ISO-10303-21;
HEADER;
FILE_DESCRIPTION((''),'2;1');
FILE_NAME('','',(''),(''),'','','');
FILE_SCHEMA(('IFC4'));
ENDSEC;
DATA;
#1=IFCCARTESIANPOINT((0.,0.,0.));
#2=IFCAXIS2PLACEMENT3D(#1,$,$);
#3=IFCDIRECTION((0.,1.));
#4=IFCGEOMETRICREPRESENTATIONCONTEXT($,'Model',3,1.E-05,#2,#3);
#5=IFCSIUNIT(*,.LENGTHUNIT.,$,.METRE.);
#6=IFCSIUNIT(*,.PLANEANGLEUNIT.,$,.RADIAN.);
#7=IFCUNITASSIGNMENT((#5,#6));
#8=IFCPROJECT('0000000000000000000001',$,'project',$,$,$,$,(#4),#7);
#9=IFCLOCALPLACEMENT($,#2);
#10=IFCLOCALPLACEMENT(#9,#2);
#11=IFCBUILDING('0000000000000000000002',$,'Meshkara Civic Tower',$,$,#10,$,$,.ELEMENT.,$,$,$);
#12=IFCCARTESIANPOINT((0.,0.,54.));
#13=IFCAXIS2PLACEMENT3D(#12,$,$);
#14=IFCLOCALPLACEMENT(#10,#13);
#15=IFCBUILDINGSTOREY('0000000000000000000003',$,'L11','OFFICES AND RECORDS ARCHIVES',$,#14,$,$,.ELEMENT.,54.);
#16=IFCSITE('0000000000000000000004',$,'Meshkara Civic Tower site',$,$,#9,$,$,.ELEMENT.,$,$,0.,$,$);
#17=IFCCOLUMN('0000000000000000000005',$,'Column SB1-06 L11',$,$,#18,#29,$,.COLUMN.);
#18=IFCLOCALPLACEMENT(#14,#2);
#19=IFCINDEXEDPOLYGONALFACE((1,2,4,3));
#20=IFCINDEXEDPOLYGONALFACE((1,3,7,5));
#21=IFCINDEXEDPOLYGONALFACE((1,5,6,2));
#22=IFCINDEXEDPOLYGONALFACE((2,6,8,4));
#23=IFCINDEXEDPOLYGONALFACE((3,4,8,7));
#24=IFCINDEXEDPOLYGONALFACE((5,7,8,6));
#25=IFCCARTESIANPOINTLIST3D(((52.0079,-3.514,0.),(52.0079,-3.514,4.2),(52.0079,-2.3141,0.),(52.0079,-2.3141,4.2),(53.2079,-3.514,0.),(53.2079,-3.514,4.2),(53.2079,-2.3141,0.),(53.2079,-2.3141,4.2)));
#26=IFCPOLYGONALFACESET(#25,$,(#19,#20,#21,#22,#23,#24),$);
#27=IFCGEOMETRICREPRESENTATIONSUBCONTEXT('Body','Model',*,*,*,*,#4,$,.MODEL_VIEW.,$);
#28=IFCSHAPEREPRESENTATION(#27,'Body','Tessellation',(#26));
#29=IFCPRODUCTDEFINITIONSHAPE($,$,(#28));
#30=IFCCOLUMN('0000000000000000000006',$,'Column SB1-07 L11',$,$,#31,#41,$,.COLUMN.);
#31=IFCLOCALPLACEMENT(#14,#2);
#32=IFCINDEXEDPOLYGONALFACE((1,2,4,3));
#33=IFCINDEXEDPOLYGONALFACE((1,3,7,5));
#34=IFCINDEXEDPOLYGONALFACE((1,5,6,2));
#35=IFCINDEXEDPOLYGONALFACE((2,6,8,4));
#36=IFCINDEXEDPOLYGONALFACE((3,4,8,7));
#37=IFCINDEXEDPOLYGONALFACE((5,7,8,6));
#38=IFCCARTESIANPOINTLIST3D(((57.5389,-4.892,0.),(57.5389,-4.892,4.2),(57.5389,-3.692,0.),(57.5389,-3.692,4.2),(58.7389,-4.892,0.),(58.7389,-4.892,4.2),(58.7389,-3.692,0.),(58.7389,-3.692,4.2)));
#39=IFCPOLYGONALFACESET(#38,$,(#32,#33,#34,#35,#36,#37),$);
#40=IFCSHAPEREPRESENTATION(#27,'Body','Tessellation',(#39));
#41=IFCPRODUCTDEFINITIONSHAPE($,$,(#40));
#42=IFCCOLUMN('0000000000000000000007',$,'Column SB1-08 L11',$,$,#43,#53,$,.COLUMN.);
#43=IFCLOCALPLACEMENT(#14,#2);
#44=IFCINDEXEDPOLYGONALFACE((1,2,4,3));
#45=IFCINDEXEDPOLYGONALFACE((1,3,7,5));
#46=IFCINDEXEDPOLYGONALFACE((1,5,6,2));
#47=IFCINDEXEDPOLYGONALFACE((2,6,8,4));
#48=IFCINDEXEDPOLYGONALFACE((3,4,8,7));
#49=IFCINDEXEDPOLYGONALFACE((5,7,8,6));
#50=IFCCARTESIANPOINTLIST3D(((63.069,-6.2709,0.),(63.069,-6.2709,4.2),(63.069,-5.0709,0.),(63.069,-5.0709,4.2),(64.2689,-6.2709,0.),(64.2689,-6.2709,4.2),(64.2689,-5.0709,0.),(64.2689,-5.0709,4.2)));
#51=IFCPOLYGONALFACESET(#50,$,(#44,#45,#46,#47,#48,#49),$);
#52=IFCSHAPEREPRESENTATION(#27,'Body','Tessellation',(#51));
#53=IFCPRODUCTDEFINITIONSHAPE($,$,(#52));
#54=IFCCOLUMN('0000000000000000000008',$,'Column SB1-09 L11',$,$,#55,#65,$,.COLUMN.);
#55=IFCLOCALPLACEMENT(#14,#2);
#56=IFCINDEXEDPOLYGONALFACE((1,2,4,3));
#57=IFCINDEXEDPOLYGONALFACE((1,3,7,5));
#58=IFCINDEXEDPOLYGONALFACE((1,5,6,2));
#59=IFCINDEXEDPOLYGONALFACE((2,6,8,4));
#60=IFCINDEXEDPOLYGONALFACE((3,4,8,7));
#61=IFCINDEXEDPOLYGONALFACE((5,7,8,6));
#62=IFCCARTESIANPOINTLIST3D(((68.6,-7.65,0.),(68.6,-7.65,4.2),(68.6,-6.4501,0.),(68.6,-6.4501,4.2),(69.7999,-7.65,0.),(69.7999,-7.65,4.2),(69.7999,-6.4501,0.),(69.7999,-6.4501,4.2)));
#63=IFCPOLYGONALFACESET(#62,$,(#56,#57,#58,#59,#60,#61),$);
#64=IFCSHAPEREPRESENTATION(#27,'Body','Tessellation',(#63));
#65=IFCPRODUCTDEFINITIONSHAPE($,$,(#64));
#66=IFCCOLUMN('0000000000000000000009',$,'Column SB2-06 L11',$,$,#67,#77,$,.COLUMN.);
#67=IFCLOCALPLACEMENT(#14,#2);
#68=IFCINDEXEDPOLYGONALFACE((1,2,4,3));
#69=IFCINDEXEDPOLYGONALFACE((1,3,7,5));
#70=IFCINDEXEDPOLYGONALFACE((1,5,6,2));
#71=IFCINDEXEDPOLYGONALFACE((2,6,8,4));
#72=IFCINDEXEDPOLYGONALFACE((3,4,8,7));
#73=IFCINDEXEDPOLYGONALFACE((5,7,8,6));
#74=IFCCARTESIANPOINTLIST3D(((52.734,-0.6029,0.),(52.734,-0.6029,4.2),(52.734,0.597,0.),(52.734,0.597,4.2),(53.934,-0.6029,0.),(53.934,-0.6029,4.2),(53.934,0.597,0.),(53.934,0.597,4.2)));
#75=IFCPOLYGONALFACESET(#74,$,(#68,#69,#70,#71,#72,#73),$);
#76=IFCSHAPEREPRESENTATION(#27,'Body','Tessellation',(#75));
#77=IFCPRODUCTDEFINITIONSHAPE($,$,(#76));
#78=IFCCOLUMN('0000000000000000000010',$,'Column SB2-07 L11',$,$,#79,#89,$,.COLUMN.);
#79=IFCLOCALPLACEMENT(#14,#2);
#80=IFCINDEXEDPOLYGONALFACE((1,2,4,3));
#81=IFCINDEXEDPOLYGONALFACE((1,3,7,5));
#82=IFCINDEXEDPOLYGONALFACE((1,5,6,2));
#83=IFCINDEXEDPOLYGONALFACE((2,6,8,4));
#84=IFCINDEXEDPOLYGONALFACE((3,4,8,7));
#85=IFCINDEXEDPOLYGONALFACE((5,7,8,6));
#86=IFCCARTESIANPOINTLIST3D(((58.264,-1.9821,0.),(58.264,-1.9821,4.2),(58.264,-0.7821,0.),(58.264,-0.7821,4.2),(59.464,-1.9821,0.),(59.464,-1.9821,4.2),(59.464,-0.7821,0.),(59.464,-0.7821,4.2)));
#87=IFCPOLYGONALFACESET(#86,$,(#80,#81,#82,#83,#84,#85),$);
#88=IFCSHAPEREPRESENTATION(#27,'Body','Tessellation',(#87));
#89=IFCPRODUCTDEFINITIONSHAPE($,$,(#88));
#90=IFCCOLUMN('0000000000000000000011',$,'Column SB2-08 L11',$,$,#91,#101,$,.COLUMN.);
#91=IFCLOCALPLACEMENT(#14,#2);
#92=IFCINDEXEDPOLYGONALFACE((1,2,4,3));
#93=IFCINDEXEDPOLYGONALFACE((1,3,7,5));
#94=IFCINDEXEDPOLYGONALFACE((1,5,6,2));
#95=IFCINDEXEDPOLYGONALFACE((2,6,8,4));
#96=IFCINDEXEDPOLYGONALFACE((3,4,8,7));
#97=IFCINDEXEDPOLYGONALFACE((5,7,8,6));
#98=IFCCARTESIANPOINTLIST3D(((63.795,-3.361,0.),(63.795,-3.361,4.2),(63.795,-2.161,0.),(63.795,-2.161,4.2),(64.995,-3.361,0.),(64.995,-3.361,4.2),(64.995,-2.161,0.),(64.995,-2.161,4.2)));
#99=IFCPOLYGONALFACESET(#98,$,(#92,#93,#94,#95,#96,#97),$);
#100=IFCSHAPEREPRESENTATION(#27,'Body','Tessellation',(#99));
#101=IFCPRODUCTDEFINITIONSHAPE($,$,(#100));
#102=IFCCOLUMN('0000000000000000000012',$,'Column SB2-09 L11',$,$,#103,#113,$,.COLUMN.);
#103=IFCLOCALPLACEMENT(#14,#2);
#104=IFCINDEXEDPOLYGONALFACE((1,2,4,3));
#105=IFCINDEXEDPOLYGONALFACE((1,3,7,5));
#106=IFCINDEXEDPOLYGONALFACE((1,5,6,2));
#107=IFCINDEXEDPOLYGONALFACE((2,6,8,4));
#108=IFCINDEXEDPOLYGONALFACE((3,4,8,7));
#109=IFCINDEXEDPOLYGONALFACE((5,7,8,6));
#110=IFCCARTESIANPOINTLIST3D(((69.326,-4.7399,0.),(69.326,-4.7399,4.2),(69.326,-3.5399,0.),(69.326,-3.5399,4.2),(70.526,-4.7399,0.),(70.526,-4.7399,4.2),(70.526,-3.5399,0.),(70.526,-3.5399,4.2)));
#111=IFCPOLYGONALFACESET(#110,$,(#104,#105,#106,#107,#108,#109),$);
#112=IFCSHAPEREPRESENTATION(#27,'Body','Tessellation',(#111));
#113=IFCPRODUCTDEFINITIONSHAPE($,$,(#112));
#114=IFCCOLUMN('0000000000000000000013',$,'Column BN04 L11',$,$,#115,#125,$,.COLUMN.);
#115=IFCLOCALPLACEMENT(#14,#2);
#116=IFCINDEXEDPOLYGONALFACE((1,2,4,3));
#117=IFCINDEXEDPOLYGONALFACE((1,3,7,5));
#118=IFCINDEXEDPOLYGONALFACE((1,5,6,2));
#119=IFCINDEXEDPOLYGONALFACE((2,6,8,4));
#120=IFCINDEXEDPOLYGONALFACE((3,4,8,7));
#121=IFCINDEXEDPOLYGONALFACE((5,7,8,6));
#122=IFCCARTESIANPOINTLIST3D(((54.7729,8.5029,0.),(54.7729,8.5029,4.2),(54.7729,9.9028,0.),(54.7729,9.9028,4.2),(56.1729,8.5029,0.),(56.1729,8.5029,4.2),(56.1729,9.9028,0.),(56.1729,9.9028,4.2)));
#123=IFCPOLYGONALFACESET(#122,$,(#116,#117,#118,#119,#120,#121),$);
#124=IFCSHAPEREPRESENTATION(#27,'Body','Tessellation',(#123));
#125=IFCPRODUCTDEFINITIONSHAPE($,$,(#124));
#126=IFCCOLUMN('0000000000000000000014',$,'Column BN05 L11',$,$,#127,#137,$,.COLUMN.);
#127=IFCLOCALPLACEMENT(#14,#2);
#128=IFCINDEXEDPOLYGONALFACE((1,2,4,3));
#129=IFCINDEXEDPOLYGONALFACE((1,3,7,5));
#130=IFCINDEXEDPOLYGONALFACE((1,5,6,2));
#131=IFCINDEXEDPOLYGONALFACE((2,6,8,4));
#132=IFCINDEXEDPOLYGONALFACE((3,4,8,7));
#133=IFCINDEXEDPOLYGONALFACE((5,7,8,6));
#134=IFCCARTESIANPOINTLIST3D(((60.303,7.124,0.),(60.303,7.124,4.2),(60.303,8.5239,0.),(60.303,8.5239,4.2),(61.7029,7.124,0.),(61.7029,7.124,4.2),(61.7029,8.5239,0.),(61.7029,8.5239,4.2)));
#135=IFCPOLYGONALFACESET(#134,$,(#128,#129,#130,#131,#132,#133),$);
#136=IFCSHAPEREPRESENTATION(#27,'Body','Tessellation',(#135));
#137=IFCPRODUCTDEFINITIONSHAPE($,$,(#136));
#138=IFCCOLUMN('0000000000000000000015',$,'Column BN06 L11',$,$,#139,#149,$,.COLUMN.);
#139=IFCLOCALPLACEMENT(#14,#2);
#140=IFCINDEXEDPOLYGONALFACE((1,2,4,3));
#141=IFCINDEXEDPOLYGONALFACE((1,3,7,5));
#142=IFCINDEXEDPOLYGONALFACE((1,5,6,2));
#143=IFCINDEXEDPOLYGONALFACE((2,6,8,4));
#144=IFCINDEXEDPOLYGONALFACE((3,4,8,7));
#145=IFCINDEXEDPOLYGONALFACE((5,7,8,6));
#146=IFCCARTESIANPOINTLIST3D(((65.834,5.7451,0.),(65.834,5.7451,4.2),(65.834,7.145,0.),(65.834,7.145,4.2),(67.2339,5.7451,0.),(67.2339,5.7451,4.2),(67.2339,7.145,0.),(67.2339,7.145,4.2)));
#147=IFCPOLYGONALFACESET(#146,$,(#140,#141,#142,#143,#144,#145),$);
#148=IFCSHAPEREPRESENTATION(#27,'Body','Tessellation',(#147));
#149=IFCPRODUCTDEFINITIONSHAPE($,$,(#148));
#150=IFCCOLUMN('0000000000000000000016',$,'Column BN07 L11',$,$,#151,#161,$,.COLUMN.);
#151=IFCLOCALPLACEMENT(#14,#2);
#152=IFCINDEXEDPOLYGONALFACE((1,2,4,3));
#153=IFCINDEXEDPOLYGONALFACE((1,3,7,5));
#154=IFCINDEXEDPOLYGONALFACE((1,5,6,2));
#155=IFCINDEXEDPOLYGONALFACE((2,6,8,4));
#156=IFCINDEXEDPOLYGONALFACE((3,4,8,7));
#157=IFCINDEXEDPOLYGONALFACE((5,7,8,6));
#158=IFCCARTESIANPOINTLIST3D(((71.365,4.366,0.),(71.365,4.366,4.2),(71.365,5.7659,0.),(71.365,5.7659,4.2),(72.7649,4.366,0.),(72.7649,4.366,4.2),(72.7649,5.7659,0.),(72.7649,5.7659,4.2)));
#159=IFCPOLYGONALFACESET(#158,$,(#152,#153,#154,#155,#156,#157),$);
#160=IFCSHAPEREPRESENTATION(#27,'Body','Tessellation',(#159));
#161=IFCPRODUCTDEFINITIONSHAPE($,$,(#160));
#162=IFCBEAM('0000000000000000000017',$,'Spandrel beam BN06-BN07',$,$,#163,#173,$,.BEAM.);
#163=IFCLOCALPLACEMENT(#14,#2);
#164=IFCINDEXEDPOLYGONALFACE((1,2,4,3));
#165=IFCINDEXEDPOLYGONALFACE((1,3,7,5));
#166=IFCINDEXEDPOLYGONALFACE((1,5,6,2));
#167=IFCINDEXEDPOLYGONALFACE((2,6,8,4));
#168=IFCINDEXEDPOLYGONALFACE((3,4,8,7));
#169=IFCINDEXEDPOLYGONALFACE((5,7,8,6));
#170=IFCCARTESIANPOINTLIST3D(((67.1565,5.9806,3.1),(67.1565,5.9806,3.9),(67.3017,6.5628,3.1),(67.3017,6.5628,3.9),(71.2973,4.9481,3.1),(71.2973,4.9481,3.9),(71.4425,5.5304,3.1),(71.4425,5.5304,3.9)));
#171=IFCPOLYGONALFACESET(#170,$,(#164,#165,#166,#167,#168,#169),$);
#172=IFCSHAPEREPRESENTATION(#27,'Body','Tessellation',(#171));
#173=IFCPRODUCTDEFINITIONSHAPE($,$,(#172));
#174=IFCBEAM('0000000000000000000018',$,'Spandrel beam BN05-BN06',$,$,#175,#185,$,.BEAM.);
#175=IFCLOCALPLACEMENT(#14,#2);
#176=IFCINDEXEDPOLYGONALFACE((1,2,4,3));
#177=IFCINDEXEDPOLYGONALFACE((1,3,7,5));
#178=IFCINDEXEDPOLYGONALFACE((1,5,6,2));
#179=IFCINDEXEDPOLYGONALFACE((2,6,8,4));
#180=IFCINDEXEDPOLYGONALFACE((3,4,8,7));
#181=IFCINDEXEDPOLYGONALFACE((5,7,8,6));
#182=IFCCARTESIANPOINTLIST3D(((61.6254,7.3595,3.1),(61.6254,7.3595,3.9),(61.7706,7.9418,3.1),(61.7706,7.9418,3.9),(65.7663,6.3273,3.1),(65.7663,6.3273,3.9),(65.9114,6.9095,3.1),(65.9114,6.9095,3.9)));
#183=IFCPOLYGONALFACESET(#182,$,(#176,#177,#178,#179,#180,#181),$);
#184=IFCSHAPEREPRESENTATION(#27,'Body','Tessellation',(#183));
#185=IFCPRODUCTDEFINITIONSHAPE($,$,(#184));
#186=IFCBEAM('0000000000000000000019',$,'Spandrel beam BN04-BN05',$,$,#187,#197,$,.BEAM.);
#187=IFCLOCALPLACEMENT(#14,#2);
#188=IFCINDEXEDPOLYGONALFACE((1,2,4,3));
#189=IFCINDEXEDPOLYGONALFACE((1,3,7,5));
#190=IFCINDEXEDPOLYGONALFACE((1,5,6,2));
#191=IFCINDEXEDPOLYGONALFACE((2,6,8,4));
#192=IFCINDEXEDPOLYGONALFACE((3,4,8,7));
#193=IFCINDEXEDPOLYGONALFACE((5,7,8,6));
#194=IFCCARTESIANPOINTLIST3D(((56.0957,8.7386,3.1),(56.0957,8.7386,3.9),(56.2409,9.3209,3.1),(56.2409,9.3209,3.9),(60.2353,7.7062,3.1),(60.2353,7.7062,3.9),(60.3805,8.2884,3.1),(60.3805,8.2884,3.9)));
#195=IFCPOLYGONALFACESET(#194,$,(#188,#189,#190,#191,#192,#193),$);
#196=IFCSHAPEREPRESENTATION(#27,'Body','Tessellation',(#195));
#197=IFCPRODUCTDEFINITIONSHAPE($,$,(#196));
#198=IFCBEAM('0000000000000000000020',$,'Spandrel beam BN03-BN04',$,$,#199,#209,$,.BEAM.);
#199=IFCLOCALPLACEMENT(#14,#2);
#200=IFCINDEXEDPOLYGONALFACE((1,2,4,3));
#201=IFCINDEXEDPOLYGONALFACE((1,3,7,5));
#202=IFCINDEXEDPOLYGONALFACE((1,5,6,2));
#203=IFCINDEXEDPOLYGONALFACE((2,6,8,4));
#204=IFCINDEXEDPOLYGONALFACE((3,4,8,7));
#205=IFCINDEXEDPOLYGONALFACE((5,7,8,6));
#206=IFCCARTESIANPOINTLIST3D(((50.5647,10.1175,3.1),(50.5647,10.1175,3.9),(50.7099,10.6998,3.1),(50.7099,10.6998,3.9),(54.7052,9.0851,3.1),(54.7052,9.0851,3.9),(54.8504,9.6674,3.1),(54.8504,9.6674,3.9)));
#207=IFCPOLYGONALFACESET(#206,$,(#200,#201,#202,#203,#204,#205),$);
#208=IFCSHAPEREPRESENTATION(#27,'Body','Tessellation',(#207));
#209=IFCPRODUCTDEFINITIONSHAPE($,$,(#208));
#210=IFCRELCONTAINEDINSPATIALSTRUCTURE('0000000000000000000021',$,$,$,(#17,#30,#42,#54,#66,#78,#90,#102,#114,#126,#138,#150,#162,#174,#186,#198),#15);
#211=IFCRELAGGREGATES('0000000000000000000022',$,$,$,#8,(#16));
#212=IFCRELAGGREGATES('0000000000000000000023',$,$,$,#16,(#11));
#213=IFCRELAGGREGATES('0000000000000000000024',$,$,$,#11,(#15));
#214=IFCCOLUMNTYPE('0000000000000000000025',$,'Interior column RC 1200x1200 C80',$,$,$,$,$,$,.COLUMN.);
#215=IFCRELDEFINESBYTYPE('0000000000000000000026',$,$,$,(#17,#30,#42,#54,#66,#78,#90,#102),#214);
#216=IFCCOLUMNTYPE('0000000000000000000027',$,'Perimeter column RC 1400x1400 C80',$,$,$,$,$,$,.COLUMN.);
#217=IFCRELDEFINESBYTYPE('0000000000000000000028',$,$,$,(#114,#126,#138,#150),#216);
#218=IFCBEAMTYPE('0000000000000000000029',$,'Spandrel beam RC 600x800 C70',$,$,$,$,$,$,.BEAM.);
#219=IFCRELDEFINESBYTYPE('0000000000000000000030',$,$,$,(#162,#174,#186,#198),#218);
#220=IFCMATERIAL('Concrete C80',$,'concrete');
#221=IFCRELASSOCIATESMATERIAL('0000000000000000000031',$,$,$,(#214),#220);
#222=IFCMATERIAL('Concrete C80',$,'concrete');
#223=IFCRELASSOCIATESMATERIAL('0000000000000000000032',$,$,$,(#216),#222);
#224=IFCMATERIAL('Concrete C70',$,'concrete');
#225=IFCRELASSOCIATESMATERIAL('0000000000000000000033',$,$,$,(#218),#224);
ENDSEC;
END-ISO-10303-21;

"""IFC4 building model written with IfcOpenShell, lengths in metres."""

from ifc_helpers import new_model, si_unit, direction, frame, origin, origin_2d, place, context, subcontext, project, spatial, rectangle, extrude, material, material_profile, profile_set, type_object, element, save


model = new_model("IFC4")

# Units and contexts
model_context = context("Model", 3, precision=1e-05, world=origin(), true_north=direction((0.0, 1.0)))
body_context = subcontext(model_context, "Body", "Model", "MODEL_VIEW")
ifc_project = project(units=[si_unit("LENGTHUNIT", "METRE"), si_unit("PLANEANGLEUNIT", "RADIAN")], contexts=[model_context])

# Site, building, storey
site_placement = place(None, origin())
site = spatial("IfcSite", under=ifc_project, at=site_placement, Name="Meshkara Civic Tower site", CompositionType="ELEMENT", RefElevation=0.0)
building_placement = place(site_placement, origin())
building = spatial("IfcBuilding", under=site, at=building_placement, Name="Meshkara Civic Tower", CompositionType="ELEMENT")
storey_placement = place(building_placement, frame((0.0, 0.0, 54.0)))
storey = spatial("IfcBuildingStorey", under=building, at=storey_placement, Name="L11", Description="OFFICES AND RECORDS ARCHIVES", CompositionType="ELEMENT", Elevation=54.0)

# Columns
ifc_material_1 = material(Name="Concrete C80", Category="concrete")
ifc_material_profile_1 = material_profile(ifc_material_1, rectangle(XDim=1.2, YDim=1.2, at=origin_2d()))
ifc_profile_set_1 = profile_set([ifc_material_profile_1], Name="Concrete C80")
column_type_1 = type_object("IfcColumnType", Name="Interior column RC 1200x1200 C80", PredefinedType="COLUMN", material=ifc_profile_set_1)
for number, where, z_axis, x_axis, name in (
    (1, (52.6079, -2.9141, 0.0), (0.0, 0.0, 1.0), (1.0, 0.0, 0.0), "Column SB1-06 L11"),
    (2, (58.1389, -4.292, 0.0), (0.0, 0.0, 1.0), (1.0, 0.0, 0.0), "Column SB1-07 L11"),
    (3, (63.6689, -5.6709, 0.0), (0.0, 0.0, 1.0), (1.0, 0.0, 0.0), "Column SB1-08 L11"),
    (4, (69.2, -7.05, 0.0), (0.0, 0.0, 1.0), (1.0, 0.0, 0.0), "Column SB1-09 L11"),
    (5, (53.334, -0.0029, 0.0), (0.0, 0.0, 1.0), (1.0, 0.0, 0.0), "Column SB2-06 L11"),
    (6, (58.864, -1.3821, 0.0), (0.0, 0.0, 1.0), (1.0, 0.0, 0.0), "Column SB2-07 L11"),
    (7, (64.395, -2.761, 0.0), (0.0, 0.0, 1.0), (1.0, 0.0, 0.0), "Column SB2-08 L11"),
    (8, (69.926, -4.1399, 0.0), (0.0, 0.0, 1.0), (1.0, 0.0, 0.0), "Column SB2-09 L11"),
):
    element("IfcColumn", number, at=place(storey_placement, frame(where, z_axis=z_axis, x_axis=x_axis)), inside=storey, type_object=column_type_1, Name=name, PredefinedType="COLUMN", context=body_context, shape_type="SweptSolid", body=[
        extrude(rectangle(XDim=1.2, YDim=1.2, at=origin_2d()), origin(), (0.0, 0.0, 1.0), 4.2),
    ])
ifc_material_2 = material(Name="Concrete C80", Category="concrete")
ifc_material_profile_2 = material_profile(ifc_material_2, rectangle(XDim=1.3999, YDim=1.3999, at=origin_2d()))
ifc_profile_set_2 = profile_set([ifc_material_profile_2], Name="Concrete C80")
column_type_2 = type_object("IfcColumnType", Name="Perimeter column RC 1400x1400 C80", PredefinedType="COLUMN", material=ifc_profile_set_2)
for number, where, z_axis, x_axis, name in (
    (9, (55.4729, 9.2029, 0.0), (0.0, 0.0, 1.0), (1.0, 0.0, 0.0), "Column BN04 L11"),
    (10, (61.0029, 7.824, 0.0), (0.0, 0.0, 1.0), (1.0, 0.0, 0.0), "Column BN05 L11"),
    (11, (66.5339, 6.4451, 0.0), (0.0, 0.0, 1.0), (1.0, 0.0, 0.0), "Column BN06 L11"),
    (12, (72.0649, 5.0659, 0.0), (0.0, 0.0, 1.0), (1.0, 0.0, 0.0), "Column BN07 L11"),
):
    element("IfcColumn", number, at=place(storey_placement, frame(where, z_axis=z_axis, x_axis=x_axis)), inside=storey, type_object=column_type_2, Name=name, PredefinedType="COLUMN", context=body_context, shape_type="SweptSolid", body=[
        extrude(rectangle(XDim=1.3999, YDim=1.3999, at=origin_2d()), origin(), (0.0, 0.0, 1.0), 4.2),
    ])

# Beams
ifc_material_3 = material(Name="Concrete C70", Category="concrete")
ifc_material_profile_3 = material_profile(ifc_material_3, rectangle(XDim=0.6001, YDim=0.8, at=origin_2d()))
ifc_profile_set_3 = profile_set([ifc_material_profile_3], Name="Concrete C70")
beam_type = type_object("IfcBeamType", Name="Spandrel beam RC 600x800 C70", PredefinedType="BEAM", material=ifc_profile_set_3)
for number, where, z_axis, x_axis, name in (
    (13, (71.3699, 5.2393, 3.5), (-0.970294, 0.24193, 0.0), (-0.24193, -0.970294, 0.0), "Spandrel beam BN06-BN07"),
    (14, (65.8389, 6.6184, 3.5), (-0.970307, 0.241876, 0.0), (-0.241876, -0.970307, 0.0), "Spandrel beam BN05-BN06"),
):
    element("IfcBeam", number, at=place(storey_placement, frame(where, z_axis=z_axis, x_axis=x_axis)), inside=storey, type_object=beam_type, Name=name, PredefinedType="BEAM", context=body_context, shape_type="SweptSolid", body=[
        extrude(rectangle(XDim=0.6001, YDim=0.8, at=origin_2d()), origin(), (0.0, 0.0, 1.0), 4.2676),
    ])
beam_1_placement = place(storey_placement, frame((60.3079, 7.9973, 3.5), z_axis=(-0.970277, 0.241997, 0.0), x_axis=(-0.241997, -0.970277, 0.0)))
element("IfcBeam", 15, at=beam_1_placement, inside=storey, type_object=beam_type, Name="Spandrel beam BN04-BN05", PredefinedType="BEAM", context=body_context, shape_type="SweptSolid", body=[
    extrude(rectangle(XDim=0.6001, YDim=0.8, at=origin_2d()), origin(), (0.0, 0.0, 1.0), 4.2664),
])
beam_2_placement = place(storey_placement, frame((54.7778, 9.3762, 3.5), z_axis=(-0.97029, 0.241943, 0.0), x_axis=(-0.241943, -0.97029, 0.0)))
element("IfcBeam", 16, at=beam_2_placement, inside=storey, type_object=beam_type, Name="Spandrel beam BN03-BN04", PredefinedType="BEAM", context=body_context, shape_type="SweptSolid", body=[
    extrude(rectangle(XDim=0.6001, YDim=0.8, at=origin_2d()), origin(), (0.0, 0.0, 1.0), 4.2673),
])

save(model, "model.ifc")
